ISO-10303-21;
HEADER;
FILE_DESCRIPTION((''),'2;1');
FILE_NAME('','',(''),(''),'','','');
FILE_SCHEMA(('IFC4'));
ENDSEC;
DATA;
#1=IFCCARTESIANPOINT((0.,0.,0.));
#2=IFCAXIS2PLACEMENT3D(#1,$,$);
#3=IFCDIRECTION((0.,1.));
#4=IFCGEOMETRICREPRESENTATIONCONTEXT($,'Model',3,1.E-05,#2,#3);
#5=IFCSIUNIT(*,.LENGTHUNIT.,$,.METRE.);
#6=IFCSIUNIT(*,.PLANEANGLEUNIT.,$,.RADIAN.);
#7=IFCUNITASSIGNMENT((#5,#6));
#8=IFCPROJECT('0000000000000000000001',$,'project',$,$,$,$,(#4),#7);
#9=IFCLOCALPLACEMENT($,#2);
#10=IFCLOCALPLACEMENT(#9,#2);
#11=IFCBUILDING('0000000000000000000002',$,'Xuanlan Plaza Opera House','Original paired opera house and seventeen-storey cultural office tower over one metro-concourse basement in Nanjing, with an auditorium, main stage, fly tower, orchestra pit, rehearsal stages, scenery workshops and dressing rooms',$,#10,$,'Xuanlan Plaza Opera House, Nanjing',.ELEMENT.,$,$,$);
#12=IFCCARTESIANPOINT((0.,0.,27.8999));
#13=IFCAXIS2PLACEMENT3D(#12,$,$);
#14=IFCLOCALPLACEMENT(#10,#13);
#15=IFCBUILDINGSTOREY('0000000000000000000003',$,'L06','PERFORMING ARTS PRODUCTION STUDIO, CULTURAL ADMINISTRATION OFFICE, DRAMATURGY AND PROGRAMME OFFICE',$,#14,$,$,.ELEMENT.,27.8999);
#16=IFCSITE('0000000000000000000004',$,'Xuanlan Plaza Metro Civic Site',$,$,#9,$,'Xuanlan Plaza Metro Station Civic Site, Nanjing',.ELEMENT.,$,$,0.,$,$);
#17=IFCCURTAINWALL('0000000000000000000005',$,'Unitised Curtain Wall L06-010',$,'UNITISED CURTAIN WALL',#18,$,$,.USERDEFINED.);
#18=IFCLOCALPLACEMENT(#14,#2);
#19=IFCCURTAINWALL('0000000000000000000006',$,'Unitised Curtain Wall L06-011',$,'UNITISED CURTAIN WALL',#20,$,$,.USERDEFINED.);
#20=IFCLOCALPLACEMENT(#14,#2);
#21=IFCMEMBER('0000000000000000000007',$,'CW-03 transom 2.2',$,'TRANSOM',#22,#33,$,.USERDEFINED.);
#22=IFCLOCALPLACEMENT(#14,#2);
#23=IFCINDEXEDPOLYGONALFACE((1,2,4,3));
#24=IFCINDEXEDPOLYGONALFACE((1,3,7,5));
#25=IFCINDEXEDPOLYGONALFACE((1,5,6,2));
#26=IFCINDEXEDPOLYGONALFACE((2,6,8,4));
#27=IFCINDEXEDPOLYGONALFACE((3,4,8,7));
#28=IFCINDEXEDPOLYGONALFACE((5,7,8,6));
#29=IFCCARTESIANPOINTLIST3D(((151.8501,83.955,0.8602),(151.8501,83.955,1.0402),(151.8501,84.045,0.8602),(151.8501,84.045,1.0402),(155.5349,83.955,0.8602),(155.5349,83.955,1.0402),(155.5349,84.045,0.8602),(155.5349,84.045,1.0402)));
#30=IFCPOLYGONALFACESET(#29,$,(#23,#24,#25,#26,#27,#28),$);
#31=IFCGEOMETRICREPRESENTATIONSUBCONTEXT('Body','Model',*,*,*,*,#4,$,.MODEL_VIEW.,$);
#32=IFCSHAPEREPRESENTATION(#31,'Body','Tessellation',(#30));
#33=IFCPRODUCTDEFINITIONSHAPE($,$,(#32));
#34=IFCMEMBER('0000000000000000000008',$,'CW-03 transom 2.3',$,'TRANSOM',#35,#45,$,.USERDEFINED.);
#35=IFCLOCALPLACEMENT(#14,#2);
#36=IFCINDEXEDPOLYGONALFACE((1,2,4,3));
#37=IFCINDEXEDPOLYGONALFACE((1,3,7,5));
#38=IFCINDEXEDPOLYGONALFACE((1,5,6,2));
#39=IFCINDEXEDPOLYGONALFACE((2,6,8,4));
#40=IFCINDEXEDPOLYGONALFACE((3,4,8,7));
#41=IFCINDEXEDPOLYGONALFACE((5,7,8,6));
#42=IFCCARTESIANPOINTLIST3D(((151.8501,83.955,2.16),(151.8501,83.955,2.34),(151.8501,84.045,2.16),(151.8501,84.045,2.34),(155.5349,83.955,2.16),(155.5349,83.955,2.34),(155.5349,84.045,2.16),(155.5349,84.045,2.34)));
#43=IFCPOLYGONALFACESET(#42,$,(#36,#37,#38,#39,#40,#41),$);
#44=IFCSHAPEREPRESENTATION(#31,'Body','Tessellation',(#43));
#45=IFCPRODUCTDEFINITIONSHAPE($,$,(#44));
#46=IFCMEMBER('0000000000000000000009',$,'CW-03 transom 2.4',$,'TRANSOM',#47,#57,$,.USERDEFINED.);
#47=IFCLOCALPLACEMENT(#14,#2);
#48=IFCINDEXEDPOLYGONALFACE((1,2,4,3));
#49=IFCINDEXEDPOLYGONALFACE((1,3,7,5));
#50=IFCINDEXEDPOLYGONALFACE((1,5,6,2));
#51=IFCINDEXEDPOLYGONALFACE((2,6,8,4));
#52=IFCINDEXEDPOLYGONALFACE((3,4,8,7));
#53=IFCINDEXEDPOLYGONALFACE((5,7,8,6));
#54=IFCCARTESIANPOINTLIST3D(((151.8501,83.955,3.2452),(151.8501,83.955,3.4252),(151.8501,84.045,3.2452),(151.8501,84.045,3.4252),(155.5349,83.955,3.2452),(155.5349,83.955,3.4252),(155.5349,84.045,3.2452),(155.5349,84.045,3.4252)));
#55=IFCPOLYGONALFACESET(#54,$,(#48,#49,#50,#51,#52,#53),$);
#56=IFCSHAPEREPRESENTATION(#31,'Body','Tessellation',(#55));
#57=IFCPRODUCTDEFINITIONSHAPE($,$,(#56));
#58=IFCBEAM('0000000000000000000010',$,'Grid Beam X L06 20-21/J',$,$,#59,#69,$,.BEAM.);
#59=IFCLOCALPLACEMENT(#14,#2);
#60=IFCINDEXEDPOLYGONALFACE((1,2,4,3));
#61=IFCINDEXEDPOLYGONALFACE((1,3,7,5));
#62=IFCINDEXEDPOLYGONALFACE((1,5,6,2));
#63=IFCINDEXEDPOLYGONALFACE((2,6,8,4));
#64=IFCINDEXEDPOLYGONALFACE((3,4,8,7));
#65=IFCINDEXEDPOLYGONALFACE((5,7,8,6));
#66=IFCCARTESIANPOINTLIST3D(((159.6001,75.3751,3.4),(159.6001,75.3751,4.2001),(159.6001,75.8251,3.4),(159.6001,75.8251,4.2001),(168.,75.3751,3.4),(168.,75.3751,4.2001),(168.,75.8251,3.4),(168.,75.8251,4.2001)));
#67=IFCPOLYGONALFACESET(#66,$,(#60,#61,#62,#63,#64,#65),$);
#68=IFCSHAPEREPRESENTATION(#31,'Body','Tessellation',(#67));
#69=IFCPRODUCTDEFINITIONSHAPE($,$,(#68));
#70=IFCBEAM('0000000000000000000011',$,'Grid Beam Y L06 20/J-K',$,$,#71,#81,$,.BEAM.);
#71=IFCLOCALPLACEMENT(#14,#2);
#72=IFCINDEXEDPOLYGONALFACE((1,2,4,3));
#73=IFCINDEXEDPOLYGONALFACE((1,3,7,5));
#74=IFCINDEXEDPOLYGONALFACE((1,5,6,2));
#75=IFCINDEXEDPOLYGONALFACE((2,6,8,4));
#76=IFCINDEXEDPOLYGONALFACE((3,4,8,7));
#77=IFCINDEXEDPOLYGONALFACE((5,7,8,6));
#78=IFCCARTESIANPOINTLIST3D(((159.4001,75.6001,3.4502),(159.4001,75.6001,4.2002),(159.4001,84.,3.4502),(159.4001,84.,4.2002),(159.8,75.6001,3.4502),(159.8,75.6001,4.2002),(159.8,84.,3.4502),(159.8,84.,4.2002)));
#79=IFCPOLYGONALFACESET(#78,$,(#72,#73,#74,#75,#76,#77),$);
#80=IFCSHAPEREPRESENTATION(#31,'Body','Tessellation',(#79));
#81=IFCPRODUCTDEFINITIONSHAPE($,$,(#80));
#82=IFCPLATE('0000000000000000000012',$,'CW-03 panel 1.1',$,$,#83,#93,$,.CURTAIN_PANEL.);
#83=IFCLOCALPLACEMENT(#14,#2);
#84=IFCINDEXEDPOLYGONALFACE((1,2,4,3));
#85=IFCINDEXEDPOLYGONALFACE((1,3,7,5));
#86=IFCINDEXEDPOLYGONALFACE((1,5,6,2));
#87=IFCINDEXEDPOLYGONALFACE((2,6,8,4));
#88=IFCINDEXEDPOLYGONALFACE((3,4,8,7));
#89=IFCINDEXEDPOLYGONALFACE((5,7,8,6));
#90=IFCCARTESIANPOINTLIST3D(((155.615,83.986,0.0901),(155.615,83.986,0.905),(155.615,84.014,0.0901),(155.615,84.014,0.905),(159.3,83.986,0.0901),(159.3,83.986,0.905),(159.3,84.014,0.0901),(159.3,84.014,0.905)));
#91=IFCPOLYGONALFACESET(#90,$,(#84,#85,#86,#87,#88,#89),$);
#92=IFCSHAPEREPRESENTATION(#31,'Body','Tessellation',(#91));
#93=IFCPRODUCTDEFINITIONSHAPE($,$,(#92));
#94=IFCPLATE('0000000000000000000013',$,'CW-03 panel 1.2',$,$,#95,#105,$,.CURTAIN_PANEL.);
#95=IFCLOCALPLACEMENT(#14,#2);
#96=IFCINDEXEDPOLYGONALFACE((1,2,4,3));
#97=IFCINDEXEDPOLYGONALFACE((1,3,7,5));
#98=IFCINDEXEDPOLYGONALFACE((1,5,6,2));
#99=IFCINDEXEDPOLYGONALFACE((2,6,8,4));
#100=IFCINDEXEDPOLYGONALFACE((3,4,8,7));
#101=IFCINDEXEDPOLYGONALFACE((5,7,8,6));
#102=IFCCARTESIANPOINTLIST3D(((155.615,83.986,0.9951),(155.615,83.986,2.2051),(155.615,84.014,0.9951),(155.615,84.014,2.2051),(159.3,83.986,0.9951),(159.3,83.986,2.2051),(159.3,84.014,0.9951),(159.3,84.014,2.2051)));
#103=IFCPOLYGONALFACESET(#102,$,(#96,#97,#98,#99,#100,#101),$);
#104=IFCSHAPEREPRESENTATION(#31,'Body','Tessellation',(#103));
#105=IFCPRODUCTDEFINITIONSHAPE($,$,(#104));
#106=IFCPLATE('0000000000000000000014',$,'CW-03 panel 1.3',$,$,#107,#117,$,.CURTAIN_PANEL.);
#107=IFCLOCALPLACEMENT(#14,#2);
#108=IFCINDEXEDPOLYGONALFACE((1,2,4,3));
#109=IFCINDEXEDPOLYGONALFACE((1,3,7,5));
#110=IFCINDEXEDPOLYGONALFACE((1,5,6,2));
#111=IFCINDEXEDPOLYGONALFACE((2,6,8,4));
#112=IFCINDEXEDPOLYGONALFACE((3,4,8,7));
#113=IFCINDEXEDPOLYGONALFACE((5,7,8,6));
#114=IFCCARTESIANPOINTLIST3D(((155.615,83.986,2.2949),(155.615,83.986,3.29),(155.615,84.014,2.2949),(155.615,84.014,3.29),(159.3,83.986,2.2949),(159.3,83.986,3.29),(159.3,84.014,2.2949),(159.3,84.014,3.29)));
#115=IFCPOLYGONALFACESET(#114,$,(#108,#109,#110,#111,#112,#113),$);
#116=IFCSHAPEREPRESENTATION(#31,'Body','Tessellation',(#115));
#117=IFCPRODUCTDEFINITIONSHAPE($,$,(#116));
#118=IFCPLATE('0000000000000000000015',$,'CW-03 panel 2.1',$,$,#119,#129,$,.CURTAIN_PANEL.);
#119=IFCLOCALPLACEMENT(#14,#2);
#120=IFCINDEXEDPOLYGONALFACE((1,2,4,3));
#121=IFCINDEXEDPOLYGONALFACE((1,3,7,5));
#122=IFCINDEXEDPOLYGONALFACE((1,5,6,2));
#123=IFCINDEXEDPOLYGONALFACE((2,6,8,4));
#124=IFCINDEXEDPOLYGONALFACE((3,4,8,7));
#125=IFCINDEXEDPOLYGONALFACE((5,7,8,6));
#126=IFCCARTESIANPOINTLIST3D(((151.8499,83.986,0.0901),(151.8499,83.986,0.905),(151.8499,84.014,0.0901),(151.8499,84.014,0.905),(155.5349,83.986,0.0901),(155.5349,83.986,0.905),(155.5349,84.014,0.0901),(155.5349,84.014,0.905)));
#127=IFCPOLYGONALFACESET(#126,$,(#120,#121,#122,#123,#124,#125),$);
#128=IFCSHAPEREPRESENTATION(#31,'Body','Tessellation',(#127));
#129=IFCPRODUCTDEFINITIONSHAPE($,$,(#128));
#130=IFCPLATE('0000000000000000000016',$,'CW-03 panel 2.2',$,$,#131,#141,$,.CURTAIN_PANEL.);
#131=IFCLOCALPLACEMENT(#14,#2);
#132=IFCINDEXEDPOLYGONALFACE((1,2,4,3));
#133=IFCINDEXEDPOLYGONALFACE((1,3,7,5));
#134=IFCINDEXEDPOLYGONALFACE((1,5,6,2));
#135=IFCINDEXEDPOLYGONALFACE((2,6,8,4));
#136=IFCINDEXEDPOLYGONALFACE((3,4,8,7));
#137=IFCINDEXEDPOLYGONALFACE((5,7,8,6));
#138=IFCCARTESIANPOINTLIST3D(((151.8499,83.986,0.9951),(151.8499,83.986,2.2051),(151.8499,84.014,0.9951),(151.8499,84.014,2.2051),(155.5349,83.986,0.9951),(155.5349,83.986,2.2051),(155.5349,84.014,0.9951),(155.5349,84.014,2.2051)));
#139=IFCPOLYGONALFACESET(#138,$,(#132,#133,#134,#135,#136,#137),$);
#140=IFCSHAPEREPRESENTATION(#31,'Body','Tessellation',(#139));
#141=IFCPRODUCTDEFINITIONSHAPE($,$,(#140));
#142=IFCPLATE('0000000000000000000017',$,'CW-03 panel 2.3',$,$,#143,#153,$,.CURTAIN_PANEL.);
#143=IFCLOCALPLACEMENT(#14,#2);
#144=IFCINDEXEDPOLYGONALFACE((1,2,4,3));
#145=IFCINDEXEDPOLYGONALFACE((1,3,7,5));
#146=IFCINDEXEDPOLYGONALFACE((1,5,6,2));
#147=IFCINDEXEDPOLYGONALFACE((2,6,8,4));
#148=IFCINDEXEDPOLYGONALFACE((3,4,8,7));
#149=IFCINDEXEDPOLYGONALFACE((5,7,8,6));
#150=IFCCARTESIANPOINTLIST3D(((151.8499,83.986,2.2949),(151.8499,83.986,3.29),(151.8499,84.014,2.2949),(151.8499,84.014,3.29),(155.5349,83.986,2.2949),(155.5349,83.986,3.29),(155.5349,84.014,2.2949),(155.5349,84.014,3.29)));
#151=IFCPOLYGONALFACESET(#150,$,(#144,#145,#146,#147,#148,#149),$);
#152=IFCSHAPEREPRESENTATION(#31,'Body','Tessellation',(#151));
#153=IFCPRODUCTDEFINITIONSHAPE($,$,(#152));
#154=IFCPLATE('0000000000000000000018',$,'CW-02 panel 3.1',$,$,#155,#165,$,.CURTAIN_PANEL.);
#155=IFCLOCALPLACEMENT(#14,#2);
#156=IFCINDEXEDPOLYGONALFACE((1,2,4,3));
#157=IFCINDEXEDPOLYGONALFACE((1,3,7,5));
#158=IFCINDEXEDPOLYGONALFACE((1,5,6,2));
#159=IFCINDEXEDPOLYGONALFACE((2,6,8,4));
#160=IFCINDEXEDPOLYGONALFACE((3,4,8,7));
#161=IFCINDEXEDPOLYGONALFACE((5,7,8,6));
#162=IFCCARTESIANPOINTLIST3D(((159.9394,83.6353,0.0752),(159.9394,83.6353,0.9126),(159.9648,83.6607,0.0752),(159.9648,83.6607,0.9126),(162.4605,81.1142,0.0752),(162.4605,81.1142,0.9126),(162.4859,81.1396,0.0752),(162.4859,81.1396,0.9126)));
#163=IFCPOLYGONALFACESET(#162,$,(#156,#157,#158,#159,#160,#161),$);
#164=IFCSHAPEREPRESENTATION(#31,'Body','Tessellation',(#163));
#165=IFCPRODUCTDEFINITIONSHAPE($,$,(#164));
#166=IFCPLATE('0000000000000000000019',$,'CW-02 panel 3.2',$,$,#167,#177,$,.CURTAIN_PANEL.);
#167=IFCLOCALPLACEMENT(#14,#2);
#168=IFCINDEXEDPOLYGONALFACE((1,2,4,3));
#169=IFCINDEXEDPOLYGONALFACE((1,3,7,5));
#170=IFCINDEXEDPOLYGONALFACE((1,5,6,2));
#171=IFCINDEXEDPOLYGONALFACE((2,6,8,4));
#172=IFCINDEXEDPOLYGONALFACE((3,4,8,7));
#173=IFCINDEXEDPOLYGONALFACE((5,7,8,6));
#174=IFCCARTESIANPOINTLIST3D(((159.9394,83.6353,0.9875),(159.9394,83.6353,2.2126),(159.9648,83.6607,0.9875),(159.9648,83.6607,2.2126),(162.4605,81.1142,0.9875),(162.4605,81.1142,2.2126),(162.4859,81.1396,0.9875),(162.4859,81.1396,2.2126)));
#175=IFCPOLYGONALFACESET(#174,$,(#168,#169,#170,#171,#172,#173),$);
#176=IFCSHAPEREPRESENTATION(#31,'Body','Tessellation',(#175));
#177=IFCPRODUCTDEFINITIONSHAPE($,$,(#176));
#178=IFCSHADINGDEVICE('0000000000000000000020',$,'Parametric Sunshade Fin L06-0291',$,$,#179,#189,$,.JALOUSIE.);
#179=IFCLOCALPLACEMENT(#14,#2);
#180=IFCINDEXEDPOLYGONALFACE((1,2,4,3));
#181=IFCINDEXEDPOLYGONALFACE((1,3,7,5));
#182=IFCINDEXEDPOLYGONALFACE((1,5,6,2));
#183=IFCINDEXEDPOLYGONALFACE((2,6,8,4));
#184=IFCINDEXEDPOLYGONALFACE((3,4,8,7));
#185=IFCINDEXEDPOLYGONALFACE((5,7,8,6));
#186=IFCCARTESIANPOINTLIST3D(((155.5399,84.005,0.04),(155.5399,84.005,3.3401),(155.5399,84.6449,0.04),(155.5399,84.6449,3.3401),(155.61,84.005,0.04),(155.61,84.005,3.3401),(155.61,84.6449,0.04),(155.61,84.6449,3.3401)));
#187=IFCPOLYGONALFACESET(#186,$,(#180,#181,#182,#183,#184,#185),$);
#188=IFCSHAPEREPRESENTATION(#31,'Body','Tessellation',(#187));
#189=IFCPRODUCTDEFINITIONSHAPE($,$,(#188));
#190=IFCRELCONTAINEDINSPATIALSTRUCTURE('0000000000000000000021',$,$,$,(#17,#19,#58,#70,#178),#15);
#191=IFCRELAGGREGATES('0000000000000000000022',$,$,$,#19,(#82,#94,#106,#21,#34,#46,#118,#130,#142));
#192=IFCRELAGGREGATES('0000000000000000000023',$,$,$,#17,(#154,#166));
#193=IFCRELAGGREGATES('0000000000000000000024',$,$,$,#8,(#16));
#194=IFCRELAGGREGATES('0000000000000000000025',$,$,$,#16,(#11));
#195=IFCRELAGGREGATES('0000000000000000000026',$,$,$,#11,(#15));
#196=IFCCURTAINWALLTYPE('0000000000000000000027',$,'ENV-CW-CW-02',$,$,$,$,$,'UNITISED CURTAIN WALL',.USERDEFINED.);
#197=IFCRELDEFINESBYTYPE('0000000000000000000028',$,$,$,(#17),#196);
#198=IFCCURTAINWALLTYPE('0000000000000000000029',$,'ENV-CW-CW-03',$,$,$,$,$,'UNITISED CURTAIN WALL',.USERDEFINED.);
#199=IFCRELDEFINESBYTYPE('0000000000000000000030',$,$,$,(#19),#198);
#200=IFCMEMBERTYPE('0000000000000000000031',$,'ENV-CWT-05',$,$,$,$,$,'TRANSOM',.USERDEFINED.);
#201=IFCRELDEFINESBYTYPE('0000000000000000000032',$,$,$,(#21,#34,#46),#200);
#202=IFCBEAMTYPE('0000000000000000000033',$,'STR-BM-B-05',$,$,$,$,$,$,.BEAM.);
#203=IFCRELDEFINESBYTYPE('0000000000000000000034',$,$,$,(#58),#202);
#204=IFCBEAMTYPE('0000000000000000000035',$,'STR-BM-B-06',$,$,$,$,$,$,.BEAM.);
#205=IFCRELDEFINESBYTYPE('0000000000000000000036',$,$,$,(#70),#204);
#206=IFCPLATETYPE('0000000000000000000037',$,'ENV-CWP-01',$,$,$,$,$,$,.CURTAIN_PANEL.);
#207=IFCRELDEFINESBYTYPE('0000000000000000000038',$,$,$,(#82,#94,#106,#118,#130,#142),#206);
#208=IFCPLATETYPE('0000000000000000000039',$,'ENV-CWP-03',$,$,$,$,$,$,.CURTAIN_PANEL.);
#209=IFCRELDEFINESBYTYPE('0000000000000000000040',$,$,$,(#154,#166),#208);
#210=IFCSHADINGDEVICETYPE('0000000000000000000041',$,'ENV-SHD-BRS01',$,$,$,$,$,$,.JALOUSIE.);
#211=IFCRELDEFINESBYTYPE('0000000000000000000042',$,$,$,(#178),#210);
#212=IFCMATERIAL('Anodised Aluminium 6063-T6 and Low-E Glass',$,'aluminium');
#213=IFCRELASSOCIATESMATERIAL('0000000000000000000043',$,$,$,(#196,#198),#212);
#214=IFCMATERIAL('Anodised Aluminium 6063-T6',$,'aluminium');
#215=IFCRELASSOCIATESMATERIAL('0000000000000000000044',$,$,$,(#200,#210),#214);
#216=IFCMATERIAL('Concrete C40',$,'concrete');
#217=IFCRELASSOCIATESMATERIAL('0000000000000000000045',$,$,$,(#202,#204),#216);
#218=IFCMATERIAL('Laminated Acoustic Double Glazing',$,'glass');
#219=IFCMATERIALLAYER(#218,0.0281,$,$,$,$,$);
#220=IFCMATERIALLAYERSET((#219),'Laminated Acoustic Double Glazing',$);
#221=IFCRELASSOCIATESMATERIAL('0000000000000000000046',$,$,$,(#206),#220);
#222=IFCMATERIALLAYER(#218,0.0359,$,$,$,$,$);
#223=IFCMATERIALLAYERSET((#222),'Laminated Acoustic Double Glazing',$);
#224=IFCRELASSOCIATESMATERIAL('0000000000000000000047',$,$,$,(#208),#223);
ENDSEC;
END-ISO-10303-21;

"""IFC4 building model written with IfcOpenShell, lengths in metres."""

from ifc_helpers import new_model, si_unit, direction, frame, origin, origin_2d, place, context, subcontext, project, spatial, rectangle, extrude, material, layer, layer_set, material_profile, profile_set, type_object, element, aggregate, save


model = new_model("IFC4")

# Units and contexts
model_context = context("Model", 3, precision=1e-05, world=origin(), true_north=direction((0.0, 1.0)))
body_context = subcontext(model_context, "Body", "Model", "MODEL_VIEW")
ifc_project = project(units=[si_unit("LENGTHUNIT", "METRE"), si_unit("PLANEANGLEUNIT", "RADIAN")], contexts=[model_context])

# Site, building, storey
site_placement = place(None, origin())
site = spatial("IfcSite", under=ifc_project, at=site_placement, Name="Xuanlan Plaza Metro Civic Site", LongName="Xuanlan Plaza Metro Station Civic Site, Nanjing", CompositionType="ELEMENT", RefElevation=0.0)
building_placement = place(site_placement, origin())
building = spatial("IfcBuilding", under=site, at=building_placement, Name="Xuanlan Plaza Opera House", Description="Original paired opera house and seventeen-storey cultural office tower over one metro-concourse basement in Nanjing, with an auditorium, main stage, fly tower, orchestra pit, rehearsal stages, scenery workshops and dressing rooms", LongName="Xuanlan Plaza Opera House, Nanjing", CompositionType="ELEMENT")
storey_placement = place(building_placement, frame((0.0, 0.0, 27.8999)))
storey = spatial("IfcBuildingStorey", under=building, at=storey_placement, Name="L06", Description="PERFORMING ARTS PRODUCTION STUDIO, CULTURAL ADMINISTRATION OFFICE, DRAMATURGY AND PROGRAMME OFFICE", CompositionType="ELEMENT", Elevation=27.8999)

# Curtain wall
ifc_material_1 = material(Name="Anodised Aluminium 6063-T6 and Low-E Glass", Category="aluminium")
curtain_wall_type_1 = type_object("IfcCurtainWallType", Name="ENV-CW-CW-02", ElementType="UNITISED CURTAIN WALL", PredefinedType="USERDEFINED", material=ifc_material_1)
curtain_wall_1_placement = place(storey_placement, origin())
curtain_wall_1 = element("IfcCurtainWall", 1, at=curtain_wall_1_placement, inside=storey, type_object=curtain_wall_type_1, Name="Unitised Curtain Wall L06-010", ObjectType="UNITISED CURTAIN WALL", PredefinedType="USERDEFINED")
ifc_material_2 = material(Name="Anodised Aluminium 6063-T6", Category="aluminium")

# Curtain wall, members
curtain_wall_type_2 = type_object("IfcCurtainWallType", Name="ENV-CW-CW-03", ElementType="UNITISED CURTAIN WALL", PredefinedType="USERDEFINED", material=ifc_material_1)
curtain_wall_2_placement = place(storey_placement, origin())
curtain_wall_2 = element("IfcCurtainWall", 2, at=curtain_wall_2_placement, inside=storey, type_object=curtain_wall_type_2, Name="Unitised Curtain Wall L06-011", ObjectType="UNITISED CURTAIN WALL", PredefinedType="USERDEFINED")
ifc_material_profile_1 = material_profile(ifc_material_2, rectangle(XDim=0.0901, YDim=0.1799, at=origin_2d()), Name="ALU-T 90x180")
ifc_profile_set_1 = profile_set([ifc_material_profile_1], Name="Anodised Aluminium 6063-T6")
member_type_1 = type_object("IfcMemberType", Name="ENV-CWT-05", ElementType="TRANSOM", PredefinedType="USERDEFINED", material=ifc_profile_set_1)
member_1_placement = place(storey_placement, frame((155.5349, 84.0, 0.9502), z_axis=(-1.0, 0.0, 0.0), x_axis=(0.0, -1.0, 0.0)))
member_1 = element("IfcMember", 3, at=member_1_placement, type_object=member_type_1, Name="CW-03 transom 2.2", ObjectType="TRANSOM", PredefinedType="USERDEFINED", context=body_context, shape_type="SweptSolid", body=[
    extrude(rectangle(XDim=0.0901, YDim=0.1799, at=origin_2d()), origin(), (0.0, 0.0, 1.0), 3.6848),
])
member_2_placement = place(storey_placement, frame((155.5349, 84.0, 2.25), z_axis=(-1.0, 0.0, 0.0), x_axis=(0.0, -1.0, 0.0)))
member_2 = element("IfcMember", 4, at=member_2_placement, type_object=member_type_1, Name="CW-03 transom 2.3", ObjectType="TRANSOM", PredefinedType="USERDEFINED", context=body_context, shape_type="SweptSolid", body=[
    extrude(rectangle(XDim=0.0901, YDim=0.1799, at=origin_2d()), origin(), (0.0, 0.0, 1.0), 3.6848),
])
member_3_placement = place(storey_placement, frame((155.5349, 84.0, 3.3352), z_axis=(-1.0, 0.0, 0.0), x_axis=(0.0, -1.0, 0.0)))
member_3 = element("IfcMember", 5, at=member_3_placement, type_object=member_type_1, Name="CW-03 transom 2.4", ObjectType="TRANSOM", PredefinedType="USERDEFINED", context=body_context, shape_type="SweptSolid", body=[
    extrude(rectangle(XDim=0.0901, YDim=0.1799, at=origin_2d()), origin(), (0.0, 0.0, 1.0), 3.6848),
])

# Beams
ifc_material_3 = material(Name="Concrete C40", Category="concrete")
ifc_material_profile_2 = material_profile(ifc_material_3, rectangle(XDim=0.45, YDim=0.8, at=origin_2d()), Name="RC-BM 450x800")
ifc_profile_set_2 = profile_set([ifc_material_profile_2], Name="Concrete C40")
beam_type_1 = type_object("IfcBeamType", Name="STR-BM-B-05", PredefinedType="BEAM", material=ifc_profile_set_2)
beam_1_placement = place(storey_placement, frame((159.6001, 75.6001, 3.8), z_axis=(1.0, 0.0, 0.0), x_axis=(0.0, 1.0, 0.0)))
element("IfcBeam", 6, at=beam_1_placement, inside=storey, type_object=beam_type_1, Name="Grid Beam X L06 20-21/J", PredefinedType="BEAM", context=body_context, shape_type="SweptSolid", body=[
    extrude(rectangle(XDim=0.45, YDim=0.8, at=origin_2d()), origin(), (0.0, 0.0, 1.0), 8.3999),
])
ifc_material_profile_3 = material_profile(ifc_material_3, rectangle(XDim=0.3999, YDim=0.75, at=origin_2d()), Name="RC-BM 400x750")
ifc_profile_set_3 = profile_set([ifc_material_profile_3], Name="Concrete C40")
beam_type_2 = type_object("IfcBeamType", Name="STR-BM-B-06", PredefinedType="BEAM", material=ifc_profile_set_3)
beam_2_placement = place(storey_placement, frame((159.6001, 75.6001, 3.8252), z_axis=(0.0, 1.0, 0.0), x_axis=(-1.0, 0.0, 0.0)))
element("IfcBeam", 7, at=beam_2_placement, inside=storey, type_object=beam_type_2, Name="Grid Beam Y L06 20/J-K", PredefinedType="BEAM", context=body_context, shape_type="SweptSolid", body=[
    extrude(rectangle(XDim=0.3999, YDim=0.75, at=origin_2d()), origin(), (0.0, 0.0, 1.0), 8.3999),
])

# Plates
ifc_material_4 = material(Name="Laminated Acoustic Double Glazing", Category="glass")
ifc_layer_1 = layer(ifc_material_4, 0.0281)
ifc_layer_set_1 = layer_set([ifc_layer_1], Name="Laminated Acoustic Double Glazing")
plate_type_1 = type_object("IfcPlateType", Name="ENV-CWP-01", PredefinedType="CURTAIN_PANEL", material=ifc_layer_set_1)
plate_1_placement = place(storey_placement, frame((157.4575, 84.0, 0.0901), z_axis=(0.0, 0.0, 1.0), x_axis=(-1.0, 0.0, 0.0)))
plate_1 = element("IfcPlate", 8, at=plate_1_placement, type_object=plate_type_1, Name="CW-03 panel 1.1", PredefinedType="CURTAIN_PANEL", context=body_context, shape_type="SweptSolid", body=[
    extrude(rectangle(XDim=3.6851, YDim=0.0281, at=origin_2d()), origin(), (0.0, 0.0, 1.0), 0.8149),
])
plate_2_placement = place(storey_placement, frame((157.4575, 84.0, 0.9951), z_axis=(0.0, 0.0, 1.0), x_axis=(-1.0, 0.0, 0.0)))
plate_2 = element("IfcPlate", 9, at=plate_2_placement, type_object=plate_type_1, Name="CW-03 panel 1.2", PredefinedType="CURTAIN_PANEL", context=body_context, shape_type="SweptSolid", body=[
    extrude(rectangle(XDim=3.6851, YDim=0.0281, at=origin_2d()), origin(), (0.0, 0.0, 1.0), 1.21),
])
plate_3_placement = place(storey_placement, frame((157.4575, 84.0, 2.2949), z_axis=(0.0, 0.0, 1.0), x_axis=(-1.0, 0.0, 0.0)))
plate_3 = element("IfcPlate", 10, at=plate_3_placement, type_object=plate_type_1, Name="CW-03 panel 1.3", PredefinedType="CURTAIN_PANEL", context=body_context, shape_type="SweptSolid", body=[
    extrude(rectangle(XDim=3.6851, YDim=0.0281, at=origin_2d()), origin(), (0.0, 0.0, 1.0), 0.9951),
])
plate_4_placement = place(storey_placement, frame((153.6924, 84.0, 0.0901), z_axis=(0.0, 0.0, 1.0), x_axis=(-1.0, 0.0, 0.0)))
plate_4 = element("IfcPlate", 11, at=plate_4_placement, type_object=plate_type_1, Name="CW-03 panel 2.1", PredefinedType="CURTAIN_PANEL", context=body_context, shape_type="SweptSolid", body=[
    extrude(rectangle(XDim=3.6851, YDim=0.0281, at=origin_2d()), origin(), (0.0, 0.0, 1.0), 0.8149),
])
plate_5_placement = place(storey_placement, frame((153.6924, 84.0, 0.9951), z_axis=(0.0, 0.0, 1.0), x_axis=(-1.0, 0.0, 0.0)))
plate_5 = element("IfcPlate", 12, at=plate_5_placement, type_object=plate_type_1, Name="CW-03 panel 2.2", PredefinedType="CURTAIN_PANEL", context=body_context, shape_type="SweptSolid", body=[
    extrude(rectangle(XDim=3.6851, YDim=0.0281, at=origin_2d()), origin(), (0.0, 0.0, 1.0), 1.21),
])
plate_6_placement = place(storey_placement, frame((153.6924, 84.0, 2.2949), z_axis=(0.0, 0.0, 1.0), x_axis=(-1.0, 0.0, 0.0)))
plate_6 = element("IfcPlate", 13, at=plate_6_placement, type_object=plate_type_1, Name="CW-03 panel 2.3", PredefinedType="CURTAIN_PANEL", context=body_context, shape_type="SweptSolid", body=[
    extrude(rectangle(XDim=3.6851, YDim=0.0281, at=origin_2d()), origin(), (0.0, 0.0, 1.0), 0.9951),
])
aggregate(curtain_wall_2, [plate_1, plate_2, plate_3, member_1, member_2, member_3, plate_4, plate_5, plate_6])
ifc_layer_2 = layer(ifc_material_4, 0.0359)
ifc_layer_set_2 = layer_set([ifc_layer_2], Name="Laminated Acoustic Double Glazing")
plate_type_2 = type_object("IfcPlateType", Name="ENV-CWP-03", PredefinedType="CURTAIN_PANEL", material=ifc_layer_set_2)
plate_7_placement = place(storey_placement, frame((161.2126, 82.3875, 0.0752), z_axis=(0.0, 0.0, 1.0), x_axis=(-0.707107, 0.707107, 0.0)))
plate_7 = element("IfcPlate", 14, at=plate_7_placement, type_object=plate_type_2, Name="CW-02 panel 3.1", PredefinedType="CURTAIN_PANEL", context=body_context, shape_type="SweptSolid", body=[
    extrude(rectangle(XDim=3.5654, YDim=0.0359, at=origin_2d()), origin(), (0.0, 0.0, 1.0), 0.8374),
])
plate_8_placement = place(storey_placement, frame((161.2126, 82.3875, 0.9875), z_axis=(0.0, 0.0, 1.0), x_axis=(-0.707107, 0.707107, 0.0)))
plate_8 = element("IfcPlate", 15, at=plate_8_placement, type_object=plate_type_2, Name="CW-02 panel 3.2", PredefinedType="CURTAIN_PANEL", context=body_context, shape_type="SweptSolid", body=[
    extrude(rectangle(XDim=3.5654, YDim=0.0359, at=origin_2d()), origin(), (0.0, 0.0, 1.0), 1.2251),
])
aggregate(curtain_wall_1, [plate_7, plate_8])

# Shading device
shading_device_type = type_object("IfcShadingDeviceType", Name="ENV-SHD-BRS01", PredefinedType="JALOUSIE", material=ifc_material_2)
shading_device_placement = place(storey_placement, frame((155.575, 84.325, 0.04), z_axis=(0.0, 0.0, 1.0), x_axis=(0.0, 1.0, 0.0)))
element("IfcShadingDevice", 16, at=shading_device_placement, inside=storey, type_object=shading_device_type, Name="Parametric Sunshade Fin L06-0291", PredefinedType="JALOUSIE", context=body_context, shape_type="SweptSolid", body=[
    extrude(rectangle(XDim=0.6399, YDim=0.0701, at=origin_2d()), origin(), (0.0, 0.0, 1.0), 3.3),
])

save(model, "model.ifc")
